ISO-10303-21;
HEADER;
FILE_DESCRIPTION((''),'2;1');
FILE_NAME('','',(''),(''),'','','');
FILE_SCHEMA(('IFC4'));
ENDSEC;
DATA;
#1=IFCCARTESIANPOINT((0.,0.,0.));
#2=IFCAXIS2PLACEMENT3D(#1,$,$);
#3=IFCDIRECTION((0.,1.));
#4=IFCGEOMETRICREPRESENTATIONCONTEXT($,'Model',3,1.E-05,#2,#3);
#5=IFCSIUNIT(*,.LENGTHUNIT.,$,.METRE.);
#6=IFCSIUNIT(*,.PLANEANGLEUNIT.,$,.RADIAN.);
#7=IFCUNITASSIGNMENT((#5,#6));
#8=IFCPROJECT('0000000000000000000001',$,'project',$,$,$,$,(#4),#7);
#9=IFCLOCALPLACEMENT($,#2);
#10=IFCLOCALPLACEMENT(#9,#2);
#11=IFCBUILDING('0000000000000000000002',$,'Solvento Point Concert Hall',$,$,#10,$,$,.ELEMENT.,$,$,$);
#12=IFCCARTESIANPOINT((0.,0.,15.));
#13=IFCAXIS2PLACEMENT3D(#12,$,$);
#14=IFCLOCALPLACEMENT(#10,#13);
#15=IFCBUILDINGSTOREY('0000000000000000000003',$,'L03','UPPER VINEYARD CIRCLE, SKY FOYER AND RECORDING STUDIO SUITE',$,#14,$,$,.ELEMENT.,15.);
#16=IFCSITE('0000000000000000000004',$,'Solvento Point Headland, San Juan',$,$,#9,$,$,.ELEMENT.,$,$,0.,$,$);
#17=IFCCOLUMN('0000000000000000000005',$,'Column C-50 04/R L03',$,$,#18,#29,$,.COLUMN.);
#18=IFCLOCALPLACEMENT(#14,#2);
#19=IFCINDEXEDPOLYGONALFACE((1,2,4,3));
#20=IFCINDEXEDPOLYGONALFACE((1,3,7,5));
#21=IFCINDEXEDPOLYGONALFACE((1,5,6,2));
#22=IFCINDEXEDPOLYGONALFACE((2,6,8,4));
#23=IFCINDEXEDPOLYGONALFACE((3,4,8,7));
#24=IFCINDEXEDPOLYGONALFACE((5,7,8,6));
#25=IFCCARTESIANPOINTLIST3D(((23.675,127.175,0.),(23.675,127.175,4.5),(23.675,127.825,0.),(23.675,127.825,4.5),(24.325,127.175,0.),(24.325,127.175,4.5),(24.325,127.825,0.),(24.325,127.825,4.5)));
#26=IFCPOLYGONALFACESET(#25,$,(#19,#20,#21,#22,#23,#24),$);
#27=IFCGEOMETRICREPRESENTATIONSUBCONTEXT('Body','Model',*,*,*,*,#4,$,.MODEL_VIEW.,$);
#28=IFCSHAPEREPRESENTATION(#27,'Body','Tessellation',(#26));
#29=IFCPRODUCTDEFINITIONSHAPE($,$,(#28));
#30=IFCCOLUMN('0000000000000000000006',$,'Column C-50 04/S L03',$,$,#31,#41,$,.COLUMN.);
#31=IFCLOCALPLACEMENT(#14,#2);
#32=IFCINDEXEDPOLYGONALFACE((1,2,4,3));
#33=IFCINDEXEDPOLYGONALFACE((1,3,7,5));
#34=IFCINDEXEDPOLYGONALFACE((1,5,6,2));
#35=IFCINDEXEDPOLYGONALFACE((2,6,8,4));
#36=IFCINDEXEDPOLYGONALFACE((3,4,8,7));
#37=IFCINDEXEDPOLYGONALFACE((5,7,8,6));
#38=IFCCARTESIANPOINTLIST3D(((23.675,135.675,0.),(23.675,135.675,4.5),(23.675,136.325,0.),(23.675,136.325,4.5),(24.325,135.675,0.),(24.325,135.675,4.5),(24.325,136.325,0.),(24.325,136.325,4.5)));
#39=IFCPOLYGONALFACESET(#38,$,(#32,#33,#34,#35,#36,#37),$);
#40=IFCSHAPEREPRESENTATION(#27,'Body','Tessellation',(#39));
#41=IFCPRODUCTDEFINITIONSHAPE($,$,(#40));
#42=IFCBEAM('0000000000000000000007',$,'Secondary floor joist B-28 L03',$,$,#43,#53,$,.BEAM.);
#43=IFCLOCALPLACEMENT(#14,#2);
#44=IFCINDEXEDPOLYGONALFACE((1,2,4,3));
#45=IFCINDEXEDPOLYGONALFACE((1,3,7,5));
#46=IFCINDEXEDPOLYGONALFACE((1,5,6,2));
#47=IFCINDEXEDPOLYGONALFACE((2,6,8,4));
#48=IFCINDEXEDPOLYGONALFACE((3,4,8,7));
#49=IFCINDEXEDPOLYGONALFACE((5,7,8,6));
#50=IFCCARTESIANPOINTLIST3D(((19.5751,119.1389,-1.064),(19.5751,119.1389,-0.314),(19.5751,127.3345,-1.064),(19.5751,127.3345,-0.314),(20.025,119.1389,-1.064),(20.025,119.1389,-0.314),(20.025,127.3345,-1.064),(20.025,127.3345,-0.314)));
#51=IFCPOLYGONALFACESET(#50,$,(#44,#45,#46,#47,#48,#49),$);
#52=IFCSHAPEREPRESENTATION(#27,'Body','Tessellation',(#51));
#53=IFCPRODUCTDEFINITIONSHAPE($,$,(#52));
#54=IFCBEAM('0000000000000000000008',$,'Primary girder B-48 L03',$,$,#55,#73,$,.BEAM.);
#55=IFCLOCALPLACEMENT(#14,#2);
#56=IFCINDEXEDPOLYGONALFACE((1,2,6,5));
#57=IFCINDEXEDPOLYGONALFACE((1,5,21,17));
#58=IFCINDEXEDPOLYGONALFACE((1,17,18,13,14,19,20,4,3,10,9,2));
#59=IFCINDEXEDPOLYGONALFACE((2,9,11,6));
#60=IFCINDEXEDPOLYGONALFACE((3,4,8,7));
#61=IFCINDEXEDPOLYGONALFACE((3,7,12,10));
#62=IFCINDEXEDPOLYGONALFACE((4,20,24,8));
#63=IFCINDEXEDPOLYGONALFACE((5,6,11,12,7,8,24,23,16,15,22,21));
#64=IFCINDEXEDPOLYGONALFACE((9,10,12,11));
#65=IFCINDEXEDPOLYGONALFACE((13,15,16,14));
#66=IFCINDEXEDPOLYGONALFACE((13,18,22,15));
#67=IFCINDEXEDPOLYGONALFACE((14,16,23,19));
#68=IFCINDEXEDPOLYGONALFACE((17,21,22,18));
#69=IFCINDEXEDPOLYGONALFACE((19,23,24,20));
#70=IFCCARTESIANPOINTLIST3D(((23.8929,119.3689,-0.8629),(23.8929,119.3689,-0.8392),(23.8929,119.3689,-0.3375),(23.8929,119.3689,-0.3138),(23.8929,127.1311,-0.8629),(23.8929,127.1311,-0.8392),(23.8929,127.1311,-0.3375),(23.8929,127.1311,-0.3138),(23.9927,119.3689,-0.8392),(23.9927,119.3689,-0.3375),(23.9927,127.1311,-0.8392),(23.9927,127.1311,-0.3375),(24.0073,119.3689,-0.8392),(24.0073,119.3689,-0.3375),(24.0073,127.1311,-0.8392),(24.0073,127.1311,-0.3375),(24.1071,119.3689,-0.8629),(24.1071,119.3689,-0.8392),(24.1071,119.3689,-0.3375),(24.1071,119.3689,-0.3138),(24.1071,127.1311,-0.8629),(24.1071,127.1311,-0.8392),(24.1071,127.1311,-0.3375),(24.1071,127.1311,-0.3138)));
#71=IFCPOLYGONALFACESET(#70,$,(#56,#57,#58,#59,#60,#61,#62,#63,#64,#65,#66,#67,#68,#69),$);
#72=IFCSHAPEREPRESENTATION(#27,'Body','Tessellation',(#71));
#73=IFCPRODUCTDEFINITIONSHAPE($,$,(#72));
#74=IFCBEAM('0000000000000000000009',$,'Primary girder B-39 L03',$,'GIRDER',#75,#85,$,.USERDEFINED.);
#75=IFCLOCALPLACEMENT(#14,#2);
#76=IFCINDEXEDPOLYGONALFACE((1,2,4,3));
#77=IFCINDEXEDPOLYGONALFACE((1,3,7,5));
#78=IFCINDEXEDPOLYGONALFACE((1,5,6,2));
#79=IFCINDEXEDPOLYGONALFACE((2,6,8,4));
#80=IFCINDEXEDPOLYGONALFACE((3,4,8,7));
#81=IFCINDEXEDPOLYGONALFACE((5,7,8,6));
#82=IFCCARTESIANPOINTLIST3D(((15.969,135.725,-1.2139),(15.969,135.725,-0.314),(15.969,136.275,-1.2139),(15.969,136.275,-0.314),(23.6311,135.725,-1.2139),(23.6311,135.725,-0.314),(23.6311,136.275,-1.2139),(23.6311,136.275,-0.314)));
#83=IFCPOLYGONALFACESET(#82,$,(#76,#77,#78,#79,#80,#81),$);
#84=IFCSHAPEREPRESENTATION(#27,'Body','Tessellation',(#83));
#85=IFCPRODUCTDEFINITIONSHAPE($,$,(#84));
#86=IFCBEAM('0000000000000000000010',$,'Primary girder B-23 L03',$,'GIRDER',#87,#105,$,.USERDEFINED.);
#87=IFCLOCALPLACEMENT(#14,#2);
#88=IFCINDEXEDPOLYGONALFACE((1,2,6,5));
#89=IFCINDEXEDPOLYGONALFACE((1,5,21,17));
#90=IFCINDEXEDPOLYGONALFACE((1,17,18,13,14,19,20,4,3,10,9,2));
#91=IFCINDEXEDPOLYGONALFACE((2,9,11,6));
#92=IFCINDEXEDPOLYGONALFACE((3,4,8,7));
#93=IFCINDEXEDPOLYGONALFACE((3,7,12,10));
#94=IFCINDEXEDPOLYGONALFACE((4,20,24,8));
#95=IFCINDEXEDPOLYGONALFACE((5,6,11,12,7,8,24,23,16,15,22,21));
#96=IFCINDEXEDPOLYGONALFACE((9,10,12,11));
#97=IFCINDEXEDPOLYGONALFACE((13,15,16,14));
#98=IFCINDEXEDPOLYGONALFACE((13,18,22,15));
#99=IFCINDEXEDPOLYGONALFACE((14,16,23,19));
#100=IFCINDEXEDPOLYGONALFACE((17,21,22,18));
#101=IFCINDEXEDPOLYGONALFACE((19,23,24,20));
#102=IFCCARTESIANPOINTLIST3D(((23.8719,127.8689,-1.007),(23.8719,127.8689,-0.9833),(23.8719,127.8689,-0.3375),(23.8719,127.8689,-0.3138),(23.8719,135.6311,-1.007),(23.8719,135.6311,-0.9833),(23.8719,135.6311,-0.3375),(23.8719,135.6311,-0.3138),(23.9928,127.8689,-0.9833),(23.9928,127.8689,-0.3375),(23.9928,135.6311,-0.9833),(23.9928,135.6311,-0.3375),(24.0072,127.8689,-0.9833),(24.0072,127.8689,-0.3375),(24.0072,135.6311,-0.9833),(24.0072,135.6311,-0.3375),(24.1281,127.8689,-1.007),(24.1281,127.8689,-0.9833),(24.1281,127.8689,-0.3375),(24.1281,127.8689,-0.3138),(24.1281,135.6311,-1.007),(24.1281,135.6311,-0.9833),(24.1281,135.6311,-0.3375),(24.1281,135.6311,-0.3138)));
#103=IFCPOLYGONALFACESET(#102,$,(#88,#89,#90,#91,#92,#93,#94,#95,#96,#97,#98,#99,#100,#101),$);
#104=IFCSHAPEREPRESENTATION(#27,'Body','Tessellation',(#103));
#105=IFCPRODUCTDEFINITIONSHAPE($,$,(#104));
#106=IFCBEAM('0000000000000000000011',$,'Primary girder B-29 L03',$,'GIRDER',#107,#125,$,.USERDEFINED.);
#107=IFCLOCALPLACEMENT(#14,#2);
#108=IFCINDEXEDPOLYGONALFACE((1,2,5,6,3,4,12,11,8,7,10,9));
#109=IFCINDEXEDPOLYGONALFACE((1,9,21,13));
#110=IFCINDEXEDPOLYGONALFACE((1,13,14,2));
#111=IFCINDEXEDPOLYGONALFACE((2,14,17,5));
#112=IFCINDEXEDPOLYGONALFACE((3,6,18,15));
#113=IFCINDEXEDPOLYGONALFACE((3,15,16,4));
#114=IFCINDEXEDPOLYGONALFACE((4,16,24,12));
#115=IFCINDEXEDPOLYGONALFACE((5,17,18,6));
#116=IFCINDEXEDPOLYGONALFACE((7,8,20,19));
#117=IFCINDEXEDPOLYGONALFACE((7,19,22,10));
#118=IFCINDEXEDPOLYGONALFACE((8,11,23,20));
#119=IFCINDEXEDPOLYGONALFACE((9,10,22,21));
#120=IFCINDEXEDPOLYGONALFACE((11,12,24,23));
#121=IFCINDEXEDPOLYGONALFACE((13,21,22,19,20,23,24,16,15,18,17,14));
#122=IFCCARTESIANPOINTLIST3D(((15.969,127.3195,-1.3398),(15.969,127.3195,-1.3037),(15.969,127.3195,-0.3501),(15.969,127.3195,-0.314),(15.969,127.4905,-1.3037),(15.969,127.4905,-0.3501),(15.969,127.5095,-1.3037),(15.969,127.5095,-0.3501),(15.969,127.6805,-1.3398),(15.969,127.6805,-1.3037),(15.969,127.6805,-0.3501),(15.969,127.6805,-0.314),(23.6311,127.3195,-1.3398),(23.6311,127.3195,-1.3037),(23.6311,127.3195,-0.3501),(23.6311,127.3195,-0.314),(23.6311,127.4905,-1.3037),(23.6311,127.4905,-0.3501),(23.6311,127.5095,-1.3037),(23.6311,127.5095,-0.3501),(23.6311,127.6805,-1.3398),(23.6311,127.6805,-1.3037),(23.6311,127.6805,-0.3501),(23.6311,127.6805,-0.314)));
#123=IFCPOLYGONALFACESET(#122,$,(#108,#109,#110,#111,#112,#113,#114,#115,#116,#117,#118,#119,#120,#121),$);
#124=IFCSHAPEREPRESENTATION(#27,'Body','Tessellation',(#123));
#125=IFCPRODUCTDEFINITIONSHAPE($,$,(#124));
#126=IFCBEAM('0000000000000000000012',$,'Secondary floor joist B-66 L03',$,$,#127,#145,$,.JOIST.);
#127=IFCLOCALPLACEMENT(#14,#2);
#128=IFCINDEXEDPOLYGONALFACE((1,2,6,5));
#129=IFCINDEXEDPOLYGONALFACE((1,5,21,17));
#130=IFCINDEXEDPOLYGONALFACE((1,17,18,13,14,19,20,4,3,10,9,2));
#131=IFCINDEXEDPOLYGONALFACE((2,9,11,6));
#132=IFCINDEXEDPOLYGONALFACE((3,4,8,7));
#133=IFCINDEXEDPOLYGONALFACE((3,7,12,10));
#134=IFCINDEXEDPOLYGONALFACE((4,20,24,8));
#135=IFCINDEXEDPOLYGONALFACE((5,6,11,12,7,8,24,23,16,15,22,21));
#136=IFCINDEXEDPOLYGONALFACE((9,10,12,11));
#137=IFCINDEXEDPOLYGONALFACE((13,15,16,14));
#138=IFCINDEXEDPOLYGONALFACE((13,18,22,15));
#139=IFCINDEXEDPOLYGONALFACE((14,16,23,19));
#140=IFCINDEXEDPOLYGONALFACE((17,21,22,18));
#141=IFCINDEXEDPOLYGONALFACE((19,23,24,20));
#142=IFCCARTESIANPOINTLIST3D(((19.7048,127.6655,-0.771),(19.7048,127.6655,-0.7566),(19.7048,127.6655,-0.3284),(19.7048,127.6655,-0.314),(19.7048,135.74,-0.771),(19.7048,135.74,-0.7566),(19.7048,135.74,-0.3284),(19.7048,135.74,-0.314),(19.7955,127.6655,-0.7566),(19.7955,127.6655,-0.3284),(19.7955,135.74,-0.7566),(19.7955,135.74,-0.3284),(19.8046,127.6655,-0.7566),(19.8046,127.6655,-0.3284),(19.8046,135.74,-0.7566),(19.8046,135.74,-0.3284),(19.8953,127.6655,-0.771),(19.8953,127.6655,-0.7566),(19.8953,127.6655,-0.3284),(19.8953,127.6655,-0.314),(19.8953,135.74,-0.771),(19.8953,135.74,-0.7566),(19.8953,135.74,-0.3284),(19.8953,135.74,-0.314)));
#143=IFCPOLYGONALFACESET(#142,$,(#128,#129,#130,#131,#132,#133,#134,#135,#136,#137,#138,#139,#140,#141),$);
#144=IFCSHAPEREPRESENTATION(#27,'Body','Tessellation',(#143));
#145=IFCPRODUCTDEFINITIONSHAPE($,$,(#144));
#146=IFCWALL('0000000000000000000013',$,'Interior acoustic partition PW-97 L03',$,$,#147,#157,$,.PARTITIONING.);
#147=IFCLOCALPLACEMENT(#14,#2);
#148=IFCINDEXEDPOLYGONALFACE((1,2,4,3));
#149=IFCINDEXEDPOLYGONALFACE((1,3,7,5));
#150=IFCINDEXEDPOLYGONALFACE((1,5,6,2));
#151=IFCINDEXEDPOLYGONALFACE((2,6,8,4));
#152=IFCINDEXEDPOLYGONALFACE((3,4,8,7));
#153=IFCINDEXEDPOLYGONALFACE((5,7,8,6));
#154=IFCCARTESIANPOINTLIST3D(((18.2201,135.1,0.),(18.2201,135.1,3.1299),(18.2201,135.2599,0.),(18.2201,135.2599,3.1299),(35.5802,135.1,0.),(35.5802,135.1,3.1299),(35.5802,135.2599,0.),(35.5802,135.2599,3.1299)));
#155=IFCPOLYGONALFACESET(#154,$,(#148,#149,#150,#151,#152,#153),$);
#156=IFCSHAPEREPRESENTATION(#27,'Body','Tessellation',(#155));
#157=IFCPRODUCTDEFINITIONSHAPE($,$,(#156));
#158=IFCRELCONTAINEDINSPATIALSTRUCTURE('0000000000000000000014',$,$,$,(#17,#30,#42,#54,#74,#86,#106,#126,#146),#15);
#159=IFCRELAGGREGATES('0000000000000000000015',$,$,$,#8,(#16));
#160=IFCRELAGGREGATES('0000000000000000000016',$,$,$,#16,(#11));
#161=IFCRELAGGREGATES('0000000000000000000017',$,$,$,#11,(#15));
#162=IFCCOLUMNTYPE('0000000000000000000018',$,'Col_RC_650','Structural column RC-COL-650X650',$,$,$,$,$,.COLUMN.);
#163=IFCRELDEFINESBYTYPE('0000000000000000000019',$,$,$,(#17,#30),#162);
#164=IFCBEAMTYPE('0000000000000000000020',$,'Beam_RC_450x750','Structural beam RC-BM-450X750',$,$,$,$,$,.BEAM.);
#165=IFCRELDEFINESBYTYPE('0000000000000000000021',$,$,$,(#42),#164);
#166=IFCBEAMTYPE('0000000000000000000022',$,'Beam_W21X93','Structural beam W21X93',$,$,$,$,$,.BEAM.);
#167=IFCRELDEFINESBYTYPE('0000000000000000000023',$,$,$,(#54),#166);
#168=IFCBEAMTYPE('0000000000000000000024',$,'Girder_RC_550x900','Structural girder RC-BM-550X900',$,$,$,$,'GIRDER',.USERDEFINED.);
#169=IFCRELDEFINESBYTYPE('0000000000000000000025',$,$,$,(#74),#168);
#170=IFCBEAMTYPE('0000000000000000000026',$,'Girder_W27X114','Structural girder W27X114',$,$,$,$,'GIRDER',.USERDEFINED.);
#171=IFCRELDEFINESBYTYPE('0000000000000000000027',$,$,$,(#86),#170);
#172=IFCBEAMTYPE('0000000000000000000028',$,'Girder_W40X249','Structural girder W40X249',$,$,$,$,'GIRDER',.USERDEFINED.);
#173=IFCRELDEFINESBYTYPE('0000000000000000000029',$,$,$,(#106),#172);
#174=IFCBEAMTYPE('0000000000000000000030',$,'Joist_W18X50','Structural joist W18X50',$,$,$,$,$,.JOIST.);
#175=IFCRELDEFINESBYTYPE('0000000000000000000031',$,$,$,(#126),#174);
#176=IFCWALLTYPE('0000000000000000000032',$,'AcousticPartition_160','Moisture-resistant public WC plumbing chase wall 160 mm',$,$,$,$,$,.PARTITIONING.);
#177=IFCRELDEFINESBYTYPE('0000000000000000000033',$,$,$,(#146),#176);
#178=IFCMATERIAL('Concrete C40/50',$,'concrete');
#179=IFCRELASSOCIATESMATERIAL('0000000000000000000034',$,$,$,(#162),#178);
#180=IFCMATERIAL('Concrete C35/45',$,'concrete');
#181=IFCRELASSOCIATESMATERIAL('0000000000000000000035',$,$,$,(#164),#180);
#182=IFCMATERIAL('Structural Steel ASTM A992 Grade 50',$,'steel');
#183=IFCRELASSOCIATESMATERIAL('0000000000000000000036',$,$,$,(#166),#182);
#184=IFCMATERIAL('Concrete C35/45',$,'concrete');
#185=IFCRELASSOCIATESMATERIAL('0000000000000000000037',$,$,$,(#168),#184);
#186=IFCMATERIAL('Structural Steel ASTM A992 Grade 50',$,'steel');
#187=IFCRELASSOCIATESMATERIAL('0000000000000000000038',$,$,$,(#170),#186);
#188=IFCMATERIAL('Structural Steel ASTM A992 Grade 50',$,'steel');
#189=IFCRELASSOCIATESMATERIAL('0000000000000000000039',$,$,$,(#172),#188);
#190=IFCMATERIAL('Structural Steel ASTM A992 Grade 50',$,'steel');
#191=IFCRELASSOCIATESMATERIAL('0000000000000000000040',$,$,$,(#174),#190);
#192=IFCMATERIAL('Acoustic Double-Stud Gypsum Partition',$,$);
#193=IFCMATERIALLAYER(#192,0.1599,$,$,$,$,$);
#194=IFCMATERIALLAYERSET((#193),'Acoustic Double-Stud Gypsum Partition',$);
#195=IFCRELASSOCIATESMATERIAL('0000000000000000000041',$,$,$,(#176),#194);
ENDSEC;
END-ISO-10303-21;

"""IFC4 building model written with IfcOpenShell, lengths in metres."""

from ifc_helpers import new_model, si_unit, direction, frame, frame_2d, origin, origin_2d, place, context, subcontext, project, spatial, rectangle, i_section, extrude, material, layer, layer_set, material_profile, profile_set, type_object, element, save


model = new_model("IFC4")

# Units and contexts
model_context = context("Model", 3, precision=1e-05, world=origin(), true_north=direction((0.0, 1.0)))
body_context = subcontext(model_context, "Body", "Model", "MODEL_VIEW")
ifc_project = project(units=[si_unit("LENGTHUNIT", "METRE"), si_unit("PLANEANGLEUNIT", "RADIAN")], contexts=[model_context])

# Site, building, storey
site_placement = place(None, origin())
site = spatial("IfcSite", under=ifc_project, at=site_placement, Name="Solvento Point Headland, San Juan", CompositionType="ELEMENT", RefElevation=0.0)
building_placement = place(site_placement, origin())
building = spatial("IfcBuilding", under=site, at=building_placement, Name="Solvento Point Concert Hall", CompositionType="ELEMENT")
storey_placement = place(building_placement, frame((0.0, 0.0, 15.0)))
storey = spatial("IfcBuildingStorey", under=building, at=storey_placement, Name="L03", Description="UPPER VINEYARD CIRCLE, SKY FOYER AND RECORDING STUDIO SUITE", CompositionType="ELEMENT", Elevation=15.0)

# Columns
ifc_material_1 = material(Name="Concrete C40/50", Category="concrete")
ifc_material_profile_1 = material_profile(ifc_material_1, rectangle(XDim=0.6499, YDim=0.6499, at=origin_2d()), Name="RC-COL-650X650")
ifc_profile_set_1 = profile_set([ifc_material_profile_1], Name="Concrete C40/50")
column_type = type_object("IfcColumnType", Name="Col_RC_650", Description="Structural column RC-COL-650X650", PredefinedType="COLUMN", material=ifc_profile_set_1)
for number, where, z_axis, x_axis, name in (
    (1, (24.0, 127.5, 0.0), (0.0, 0.0, 1.0), (1.0, 0.0, 0.0), "Column C-50 04/R L03"),
    (2, (24.0, 136.0, 0.0), (0.0, 0.0, 1.0), (1.0, 0.0, 0.0), "Column C-50 04/S L03"),
):
    element("IfcColumn", number, at=place(storey_placement, frame(where, z_axis=z_axis, x_axis=x_axis)), inside=storey, type_object=column_type, Name=name, PredefinedType="COLUMN", context=body_context, shape_type="SweptSolid", body=[
        extrude(rectangle(XDim=0.6499, YDim=0.6499, at=origin_2d()), origin(), (0.0, 0.0, 1.0), 4.5),
    ])

# Beams
ifc_material_2 = material(Name="Concrete C35/45", Category="concrete")
ifc_material_profile_2 = material_profile(ifc_material_2, rectangle(XDim=0.45, YDim=0.75, at=origin_2d()), Name="RC-BM-450X750")
ifc_profile_set_2 = profile_set([ifc_material_profile_2], Name="Concrete C35/45")
beam_type_1 = type_object("IfcBeamType", Name="Beam_RC_450x750", Description="Structural beam RC-BM-450X750", PredefinedType="BEAM", material=ifc_profile_set_2)
beam_1_placement = place(storey_placement, frame((19.8, 119.1389, -0.689), z_axis=(0.0, 1.0, 0.0), x_axis=(-1.0, 0.0, 0.0)))
element("IfcBeam", 3, at=beam_1_placement, inside=storey, type_object=beam_type_1, Name="Secondary floor joist B-28 L03", PredefinedType="BEAM", context=body_context, shape_type="SweptSolid", body=[
    extrude(rectangle(XDim=0.45, YDim=0.75, at=origin_2d()), origin(), (0.0, 0.0, 1.0), 8.1956),
])
ifc_material_3 = material(Name="Structural Steel ASTM A992 Grade 50", Category="steel")
ifc_material_profile_3 = material_profile(ifc_material_3, i_section(OverallWidth=0.2141, OverallDepth=0.5491, WebThickness=0.0146, FlangeThickness=0.0237, at=origin_2d()), Name="W21X93")
ifc_profile_set_3 = profile_set([ifc_material_profile_3], Name="Structural Steel ASTM A992 Grade 50")
beam_type_2 = type_object("IfcBeamType", Name="Beam_W21X93", Description="Structural beam W21X93", PredefinedType="BEAM", material=ifc_profile_set_3)
beam_2_placement = place(storey_placement, frame((24.0, 119.3689, -0.5884), z_axis=(0.0, 1.0, 0.0), x_axis=(-1.0, 0.0, 0.0)))
element("IfcBeam", 4, at=beam_2_placement, inside=storey, type_object=beam_type_2, Name="Primary girder B-48 L03", PredefinedType="BEAM", context=body_context, shape_type="SweptSolid", body=[
    extrude(i_section(OverallWidth=0.2141, OverallDepth=0.5491, WebThickness=0.0146, FlangeThickness=0.0237, at=origin_2d()), origin(), (0.0, 0.0, 1.0), 7.7622),
])
ifc_material_4 = material(Name="Concrete C35/45", Category="concrete")
ifc_material_profile_4 = material_profile(ifc_material_4, rectangle(XDim=0.55, YDim=0.8999, at=origin_2d()), Name="RC-BM-550X900")
ifc_profile_set_4 = profile_set([ifc_material_profile_4], Name="Concrete C35/45")
beam_type_3 = type_object("IfcBeamType", Name="Girder_RC_550x900", Description="Structural girder RC-BM-550X900", ElementType="GIRDER", PredefinedType="USERDEFINED", material=ifc_profile_set_4)
beam_3_placement = place(storey_placement, frame((15.969, 136.0, -0.7639), z_axis=(1.0, 0.0, 0.0), x_axis=(0.0, 1.0, 0.0)))
element("IfcBeam", 5, at=beam_3_placement, inside=storey, type_object=beam_type_3, Name="Primary girder B-39 L03", ObjectType="GIRDER", PredefinedType="USERDEFINED", context=body_context, shape_type="SweptSolid", body=[
    extrude(rectangle(XDim=0.55, YDim=0.8999, at=origin_2d()), origin(), (0.0, 0.0, 1.0), 7.6621),
])
ifc_material_5 = material(Name="Structural Steel ASTM A992 Grade 50", Category="steel")
ifc_material_profile_5 = material_profile(ifc_material_5, i_section(OverallWidth=0.2561, OverallDepth=0.6931, WebThickness=0.0144, FlangeThickness=0.0237, at=origin_2d()), Name="W27X114")
ifc_profile_set_5 = profile_set([ifc_material_profile_5], Name="Structural Steel ASTM A992 Grade 50")
beam_type_4 = type_object("IfcBeamType", Name="Girder_W27X114", Description="Structural girder W27X114", ElementType="GIRDER", PredefinedType="USERDEFINED", material=ifc_profile_set_5)
beam_4_placement = place(storey_placement, frame((24.0, 127.8689, -0.6604), z_axis=(0.0, 1.0, 0.0), x_axis=(-1.0, 0.0, 0.0)))
element("IfcBeam", 6, at=beam_4_placement, inside=storey, type_object=beam_type_4, Name="Primary girder B-23 L03", ObjectType="GIRDER", PredefinedType="USERDEFINED", context=body_context, shape_type="SweptSolid", body=[
    extrude(i_section(OverallWidth=0.2561, OverallDepth=0.6931, WebThickness=0.0144, FlangeThickness=0.0237, at=origin_2d()), origin(), (0.0, 0.0, 1.0), 7.7622),
])
ifc_material_6 = material(Name="Structural Steel ASTM A992 Grade 50", Category="steel")
ifc_material_profile_6 = material_profile(ifc_material_6, i_section(OverallWidth=0.3611, OverallDepth=1.0259, WebThickness=0.019, FlangeThickness=0.0361, at=origin_2d()), Name="W40X249")
ifc_profile_set_6 = profile_set([ifc_material_profile_6], Name="Structural Steel ASTM A992 Grade 50")
beam_type_5 = type_object("IfcBeamType", Name="Girder_W40X249", Description="Structural girder W40X249", ElementType="GIRDER", PredefinedType="USERDEFINED", material=ifc_profile_set_6)
beam_5_placement = place(storey_placement, frame((15.969, 127.5, -0.8269), z_axis=(1.0, 0.0, 0.0), x_axis=(0.0, 1.0, 0.0)))
element("IfcBeam", 7, at=beam_5_placement, inside=storey, type_object=beam_type_5, Name="Primary girder B-29 L03", ObjectType="GIRDER", PredefinedType="USERDEFINED", context=body_context, shape_type="SweptSolid", body=[
    extrude(i_section(OverallWidth=0.3611, OverallDepth=1.0259, WebThickness=0.019, FlangeThickness=0.0361, at=origin_2d()), origin(), (0.0, 0.0, 1.0), 7.6621),
])
ifc_material_7 = material(Name="Structural Steel ASTM A992 Grade 50", Category="steel")
ifc_material_profile_7 = material_profile(ifc_material_7, i_section(OverallWidth=0.1904, OverallDepth=0.457, WebThickness=0.009, FlangeThickness=0.0144, at=origin_2d()), Name="W18X50")
ifc_profile_set_7 = profile_set([ifc_material_profile_7], Name="Structural Steel ASTM A992 Grade 50")
beam_type_6 = type_object("IfcBeamType", Name="Joist_W18X50", Description="Structural joist W18X50", PredefinedType="JOIST", material=ifc_profile_set_7)
beam_6_placement = place(storey_placement, frame((19.8, 127.6655, -0.5425), z_axis=(0.0, 1.0, 0.0), x_axis=(-1.0, 0.0, 0.0)))
element("IfcBeam", 8, at=beam_6_placement, inside=storey, type_object=beam_type_6, Name="Secondary floor joist B-66 L03", PredefinedType="JOIST", context=body_context, shape_type="SweptSolid", body=[
    extrude(i_section(OverallWidth=0.1904, OverallDepth=0.457, WebThickness=0.009, FlangeThickness=0.0144, at=origin_2d()), origin(), (0.0, 0.0, 1.0), 8.0745),
])

# Wall
ifc_material_8 = material(Name="Acoustic Double-Stud Gypsum Partition")
ifc_layer_1 = layer(ifc_material_8, 0.1599)
ifc_layer_set_1 = layer_set([ifc_layer_1], Name="Acoustic Double-Stud Gypsum Partition")
wall_type_1 = type_object("IfcWallType", Name="AcousticPartition_160", Description="Moisture-resistant public WC plumbing chase wall 160 mm", PredefinedType="PARTITIONING", material=ifc_layer_set_1)
wall_1_placement = place(storey_placement, frame((18.22, 135.1799, 0.0), z_axis=(0.0, 0.0, 1.0), x_axis=(1.0, 0.0, 0.0)))
element("IfcWall", 9, at=wall_1_placement, inside=storey, type_object=wall_type_1, Name="Interior acoustic partition PW-97 L03", PredefinedType="PARTITIONING", context=body_context, shape_type="SweptSolid", body=[
    extrude(rectangle(XDim=17.3601, YDim=0.1599, at=frame_2d((8.6802, 0.0))), origin(), (0.0, 0.0, 1.0), 3.1299),
])

save(model, "model.ifc")
